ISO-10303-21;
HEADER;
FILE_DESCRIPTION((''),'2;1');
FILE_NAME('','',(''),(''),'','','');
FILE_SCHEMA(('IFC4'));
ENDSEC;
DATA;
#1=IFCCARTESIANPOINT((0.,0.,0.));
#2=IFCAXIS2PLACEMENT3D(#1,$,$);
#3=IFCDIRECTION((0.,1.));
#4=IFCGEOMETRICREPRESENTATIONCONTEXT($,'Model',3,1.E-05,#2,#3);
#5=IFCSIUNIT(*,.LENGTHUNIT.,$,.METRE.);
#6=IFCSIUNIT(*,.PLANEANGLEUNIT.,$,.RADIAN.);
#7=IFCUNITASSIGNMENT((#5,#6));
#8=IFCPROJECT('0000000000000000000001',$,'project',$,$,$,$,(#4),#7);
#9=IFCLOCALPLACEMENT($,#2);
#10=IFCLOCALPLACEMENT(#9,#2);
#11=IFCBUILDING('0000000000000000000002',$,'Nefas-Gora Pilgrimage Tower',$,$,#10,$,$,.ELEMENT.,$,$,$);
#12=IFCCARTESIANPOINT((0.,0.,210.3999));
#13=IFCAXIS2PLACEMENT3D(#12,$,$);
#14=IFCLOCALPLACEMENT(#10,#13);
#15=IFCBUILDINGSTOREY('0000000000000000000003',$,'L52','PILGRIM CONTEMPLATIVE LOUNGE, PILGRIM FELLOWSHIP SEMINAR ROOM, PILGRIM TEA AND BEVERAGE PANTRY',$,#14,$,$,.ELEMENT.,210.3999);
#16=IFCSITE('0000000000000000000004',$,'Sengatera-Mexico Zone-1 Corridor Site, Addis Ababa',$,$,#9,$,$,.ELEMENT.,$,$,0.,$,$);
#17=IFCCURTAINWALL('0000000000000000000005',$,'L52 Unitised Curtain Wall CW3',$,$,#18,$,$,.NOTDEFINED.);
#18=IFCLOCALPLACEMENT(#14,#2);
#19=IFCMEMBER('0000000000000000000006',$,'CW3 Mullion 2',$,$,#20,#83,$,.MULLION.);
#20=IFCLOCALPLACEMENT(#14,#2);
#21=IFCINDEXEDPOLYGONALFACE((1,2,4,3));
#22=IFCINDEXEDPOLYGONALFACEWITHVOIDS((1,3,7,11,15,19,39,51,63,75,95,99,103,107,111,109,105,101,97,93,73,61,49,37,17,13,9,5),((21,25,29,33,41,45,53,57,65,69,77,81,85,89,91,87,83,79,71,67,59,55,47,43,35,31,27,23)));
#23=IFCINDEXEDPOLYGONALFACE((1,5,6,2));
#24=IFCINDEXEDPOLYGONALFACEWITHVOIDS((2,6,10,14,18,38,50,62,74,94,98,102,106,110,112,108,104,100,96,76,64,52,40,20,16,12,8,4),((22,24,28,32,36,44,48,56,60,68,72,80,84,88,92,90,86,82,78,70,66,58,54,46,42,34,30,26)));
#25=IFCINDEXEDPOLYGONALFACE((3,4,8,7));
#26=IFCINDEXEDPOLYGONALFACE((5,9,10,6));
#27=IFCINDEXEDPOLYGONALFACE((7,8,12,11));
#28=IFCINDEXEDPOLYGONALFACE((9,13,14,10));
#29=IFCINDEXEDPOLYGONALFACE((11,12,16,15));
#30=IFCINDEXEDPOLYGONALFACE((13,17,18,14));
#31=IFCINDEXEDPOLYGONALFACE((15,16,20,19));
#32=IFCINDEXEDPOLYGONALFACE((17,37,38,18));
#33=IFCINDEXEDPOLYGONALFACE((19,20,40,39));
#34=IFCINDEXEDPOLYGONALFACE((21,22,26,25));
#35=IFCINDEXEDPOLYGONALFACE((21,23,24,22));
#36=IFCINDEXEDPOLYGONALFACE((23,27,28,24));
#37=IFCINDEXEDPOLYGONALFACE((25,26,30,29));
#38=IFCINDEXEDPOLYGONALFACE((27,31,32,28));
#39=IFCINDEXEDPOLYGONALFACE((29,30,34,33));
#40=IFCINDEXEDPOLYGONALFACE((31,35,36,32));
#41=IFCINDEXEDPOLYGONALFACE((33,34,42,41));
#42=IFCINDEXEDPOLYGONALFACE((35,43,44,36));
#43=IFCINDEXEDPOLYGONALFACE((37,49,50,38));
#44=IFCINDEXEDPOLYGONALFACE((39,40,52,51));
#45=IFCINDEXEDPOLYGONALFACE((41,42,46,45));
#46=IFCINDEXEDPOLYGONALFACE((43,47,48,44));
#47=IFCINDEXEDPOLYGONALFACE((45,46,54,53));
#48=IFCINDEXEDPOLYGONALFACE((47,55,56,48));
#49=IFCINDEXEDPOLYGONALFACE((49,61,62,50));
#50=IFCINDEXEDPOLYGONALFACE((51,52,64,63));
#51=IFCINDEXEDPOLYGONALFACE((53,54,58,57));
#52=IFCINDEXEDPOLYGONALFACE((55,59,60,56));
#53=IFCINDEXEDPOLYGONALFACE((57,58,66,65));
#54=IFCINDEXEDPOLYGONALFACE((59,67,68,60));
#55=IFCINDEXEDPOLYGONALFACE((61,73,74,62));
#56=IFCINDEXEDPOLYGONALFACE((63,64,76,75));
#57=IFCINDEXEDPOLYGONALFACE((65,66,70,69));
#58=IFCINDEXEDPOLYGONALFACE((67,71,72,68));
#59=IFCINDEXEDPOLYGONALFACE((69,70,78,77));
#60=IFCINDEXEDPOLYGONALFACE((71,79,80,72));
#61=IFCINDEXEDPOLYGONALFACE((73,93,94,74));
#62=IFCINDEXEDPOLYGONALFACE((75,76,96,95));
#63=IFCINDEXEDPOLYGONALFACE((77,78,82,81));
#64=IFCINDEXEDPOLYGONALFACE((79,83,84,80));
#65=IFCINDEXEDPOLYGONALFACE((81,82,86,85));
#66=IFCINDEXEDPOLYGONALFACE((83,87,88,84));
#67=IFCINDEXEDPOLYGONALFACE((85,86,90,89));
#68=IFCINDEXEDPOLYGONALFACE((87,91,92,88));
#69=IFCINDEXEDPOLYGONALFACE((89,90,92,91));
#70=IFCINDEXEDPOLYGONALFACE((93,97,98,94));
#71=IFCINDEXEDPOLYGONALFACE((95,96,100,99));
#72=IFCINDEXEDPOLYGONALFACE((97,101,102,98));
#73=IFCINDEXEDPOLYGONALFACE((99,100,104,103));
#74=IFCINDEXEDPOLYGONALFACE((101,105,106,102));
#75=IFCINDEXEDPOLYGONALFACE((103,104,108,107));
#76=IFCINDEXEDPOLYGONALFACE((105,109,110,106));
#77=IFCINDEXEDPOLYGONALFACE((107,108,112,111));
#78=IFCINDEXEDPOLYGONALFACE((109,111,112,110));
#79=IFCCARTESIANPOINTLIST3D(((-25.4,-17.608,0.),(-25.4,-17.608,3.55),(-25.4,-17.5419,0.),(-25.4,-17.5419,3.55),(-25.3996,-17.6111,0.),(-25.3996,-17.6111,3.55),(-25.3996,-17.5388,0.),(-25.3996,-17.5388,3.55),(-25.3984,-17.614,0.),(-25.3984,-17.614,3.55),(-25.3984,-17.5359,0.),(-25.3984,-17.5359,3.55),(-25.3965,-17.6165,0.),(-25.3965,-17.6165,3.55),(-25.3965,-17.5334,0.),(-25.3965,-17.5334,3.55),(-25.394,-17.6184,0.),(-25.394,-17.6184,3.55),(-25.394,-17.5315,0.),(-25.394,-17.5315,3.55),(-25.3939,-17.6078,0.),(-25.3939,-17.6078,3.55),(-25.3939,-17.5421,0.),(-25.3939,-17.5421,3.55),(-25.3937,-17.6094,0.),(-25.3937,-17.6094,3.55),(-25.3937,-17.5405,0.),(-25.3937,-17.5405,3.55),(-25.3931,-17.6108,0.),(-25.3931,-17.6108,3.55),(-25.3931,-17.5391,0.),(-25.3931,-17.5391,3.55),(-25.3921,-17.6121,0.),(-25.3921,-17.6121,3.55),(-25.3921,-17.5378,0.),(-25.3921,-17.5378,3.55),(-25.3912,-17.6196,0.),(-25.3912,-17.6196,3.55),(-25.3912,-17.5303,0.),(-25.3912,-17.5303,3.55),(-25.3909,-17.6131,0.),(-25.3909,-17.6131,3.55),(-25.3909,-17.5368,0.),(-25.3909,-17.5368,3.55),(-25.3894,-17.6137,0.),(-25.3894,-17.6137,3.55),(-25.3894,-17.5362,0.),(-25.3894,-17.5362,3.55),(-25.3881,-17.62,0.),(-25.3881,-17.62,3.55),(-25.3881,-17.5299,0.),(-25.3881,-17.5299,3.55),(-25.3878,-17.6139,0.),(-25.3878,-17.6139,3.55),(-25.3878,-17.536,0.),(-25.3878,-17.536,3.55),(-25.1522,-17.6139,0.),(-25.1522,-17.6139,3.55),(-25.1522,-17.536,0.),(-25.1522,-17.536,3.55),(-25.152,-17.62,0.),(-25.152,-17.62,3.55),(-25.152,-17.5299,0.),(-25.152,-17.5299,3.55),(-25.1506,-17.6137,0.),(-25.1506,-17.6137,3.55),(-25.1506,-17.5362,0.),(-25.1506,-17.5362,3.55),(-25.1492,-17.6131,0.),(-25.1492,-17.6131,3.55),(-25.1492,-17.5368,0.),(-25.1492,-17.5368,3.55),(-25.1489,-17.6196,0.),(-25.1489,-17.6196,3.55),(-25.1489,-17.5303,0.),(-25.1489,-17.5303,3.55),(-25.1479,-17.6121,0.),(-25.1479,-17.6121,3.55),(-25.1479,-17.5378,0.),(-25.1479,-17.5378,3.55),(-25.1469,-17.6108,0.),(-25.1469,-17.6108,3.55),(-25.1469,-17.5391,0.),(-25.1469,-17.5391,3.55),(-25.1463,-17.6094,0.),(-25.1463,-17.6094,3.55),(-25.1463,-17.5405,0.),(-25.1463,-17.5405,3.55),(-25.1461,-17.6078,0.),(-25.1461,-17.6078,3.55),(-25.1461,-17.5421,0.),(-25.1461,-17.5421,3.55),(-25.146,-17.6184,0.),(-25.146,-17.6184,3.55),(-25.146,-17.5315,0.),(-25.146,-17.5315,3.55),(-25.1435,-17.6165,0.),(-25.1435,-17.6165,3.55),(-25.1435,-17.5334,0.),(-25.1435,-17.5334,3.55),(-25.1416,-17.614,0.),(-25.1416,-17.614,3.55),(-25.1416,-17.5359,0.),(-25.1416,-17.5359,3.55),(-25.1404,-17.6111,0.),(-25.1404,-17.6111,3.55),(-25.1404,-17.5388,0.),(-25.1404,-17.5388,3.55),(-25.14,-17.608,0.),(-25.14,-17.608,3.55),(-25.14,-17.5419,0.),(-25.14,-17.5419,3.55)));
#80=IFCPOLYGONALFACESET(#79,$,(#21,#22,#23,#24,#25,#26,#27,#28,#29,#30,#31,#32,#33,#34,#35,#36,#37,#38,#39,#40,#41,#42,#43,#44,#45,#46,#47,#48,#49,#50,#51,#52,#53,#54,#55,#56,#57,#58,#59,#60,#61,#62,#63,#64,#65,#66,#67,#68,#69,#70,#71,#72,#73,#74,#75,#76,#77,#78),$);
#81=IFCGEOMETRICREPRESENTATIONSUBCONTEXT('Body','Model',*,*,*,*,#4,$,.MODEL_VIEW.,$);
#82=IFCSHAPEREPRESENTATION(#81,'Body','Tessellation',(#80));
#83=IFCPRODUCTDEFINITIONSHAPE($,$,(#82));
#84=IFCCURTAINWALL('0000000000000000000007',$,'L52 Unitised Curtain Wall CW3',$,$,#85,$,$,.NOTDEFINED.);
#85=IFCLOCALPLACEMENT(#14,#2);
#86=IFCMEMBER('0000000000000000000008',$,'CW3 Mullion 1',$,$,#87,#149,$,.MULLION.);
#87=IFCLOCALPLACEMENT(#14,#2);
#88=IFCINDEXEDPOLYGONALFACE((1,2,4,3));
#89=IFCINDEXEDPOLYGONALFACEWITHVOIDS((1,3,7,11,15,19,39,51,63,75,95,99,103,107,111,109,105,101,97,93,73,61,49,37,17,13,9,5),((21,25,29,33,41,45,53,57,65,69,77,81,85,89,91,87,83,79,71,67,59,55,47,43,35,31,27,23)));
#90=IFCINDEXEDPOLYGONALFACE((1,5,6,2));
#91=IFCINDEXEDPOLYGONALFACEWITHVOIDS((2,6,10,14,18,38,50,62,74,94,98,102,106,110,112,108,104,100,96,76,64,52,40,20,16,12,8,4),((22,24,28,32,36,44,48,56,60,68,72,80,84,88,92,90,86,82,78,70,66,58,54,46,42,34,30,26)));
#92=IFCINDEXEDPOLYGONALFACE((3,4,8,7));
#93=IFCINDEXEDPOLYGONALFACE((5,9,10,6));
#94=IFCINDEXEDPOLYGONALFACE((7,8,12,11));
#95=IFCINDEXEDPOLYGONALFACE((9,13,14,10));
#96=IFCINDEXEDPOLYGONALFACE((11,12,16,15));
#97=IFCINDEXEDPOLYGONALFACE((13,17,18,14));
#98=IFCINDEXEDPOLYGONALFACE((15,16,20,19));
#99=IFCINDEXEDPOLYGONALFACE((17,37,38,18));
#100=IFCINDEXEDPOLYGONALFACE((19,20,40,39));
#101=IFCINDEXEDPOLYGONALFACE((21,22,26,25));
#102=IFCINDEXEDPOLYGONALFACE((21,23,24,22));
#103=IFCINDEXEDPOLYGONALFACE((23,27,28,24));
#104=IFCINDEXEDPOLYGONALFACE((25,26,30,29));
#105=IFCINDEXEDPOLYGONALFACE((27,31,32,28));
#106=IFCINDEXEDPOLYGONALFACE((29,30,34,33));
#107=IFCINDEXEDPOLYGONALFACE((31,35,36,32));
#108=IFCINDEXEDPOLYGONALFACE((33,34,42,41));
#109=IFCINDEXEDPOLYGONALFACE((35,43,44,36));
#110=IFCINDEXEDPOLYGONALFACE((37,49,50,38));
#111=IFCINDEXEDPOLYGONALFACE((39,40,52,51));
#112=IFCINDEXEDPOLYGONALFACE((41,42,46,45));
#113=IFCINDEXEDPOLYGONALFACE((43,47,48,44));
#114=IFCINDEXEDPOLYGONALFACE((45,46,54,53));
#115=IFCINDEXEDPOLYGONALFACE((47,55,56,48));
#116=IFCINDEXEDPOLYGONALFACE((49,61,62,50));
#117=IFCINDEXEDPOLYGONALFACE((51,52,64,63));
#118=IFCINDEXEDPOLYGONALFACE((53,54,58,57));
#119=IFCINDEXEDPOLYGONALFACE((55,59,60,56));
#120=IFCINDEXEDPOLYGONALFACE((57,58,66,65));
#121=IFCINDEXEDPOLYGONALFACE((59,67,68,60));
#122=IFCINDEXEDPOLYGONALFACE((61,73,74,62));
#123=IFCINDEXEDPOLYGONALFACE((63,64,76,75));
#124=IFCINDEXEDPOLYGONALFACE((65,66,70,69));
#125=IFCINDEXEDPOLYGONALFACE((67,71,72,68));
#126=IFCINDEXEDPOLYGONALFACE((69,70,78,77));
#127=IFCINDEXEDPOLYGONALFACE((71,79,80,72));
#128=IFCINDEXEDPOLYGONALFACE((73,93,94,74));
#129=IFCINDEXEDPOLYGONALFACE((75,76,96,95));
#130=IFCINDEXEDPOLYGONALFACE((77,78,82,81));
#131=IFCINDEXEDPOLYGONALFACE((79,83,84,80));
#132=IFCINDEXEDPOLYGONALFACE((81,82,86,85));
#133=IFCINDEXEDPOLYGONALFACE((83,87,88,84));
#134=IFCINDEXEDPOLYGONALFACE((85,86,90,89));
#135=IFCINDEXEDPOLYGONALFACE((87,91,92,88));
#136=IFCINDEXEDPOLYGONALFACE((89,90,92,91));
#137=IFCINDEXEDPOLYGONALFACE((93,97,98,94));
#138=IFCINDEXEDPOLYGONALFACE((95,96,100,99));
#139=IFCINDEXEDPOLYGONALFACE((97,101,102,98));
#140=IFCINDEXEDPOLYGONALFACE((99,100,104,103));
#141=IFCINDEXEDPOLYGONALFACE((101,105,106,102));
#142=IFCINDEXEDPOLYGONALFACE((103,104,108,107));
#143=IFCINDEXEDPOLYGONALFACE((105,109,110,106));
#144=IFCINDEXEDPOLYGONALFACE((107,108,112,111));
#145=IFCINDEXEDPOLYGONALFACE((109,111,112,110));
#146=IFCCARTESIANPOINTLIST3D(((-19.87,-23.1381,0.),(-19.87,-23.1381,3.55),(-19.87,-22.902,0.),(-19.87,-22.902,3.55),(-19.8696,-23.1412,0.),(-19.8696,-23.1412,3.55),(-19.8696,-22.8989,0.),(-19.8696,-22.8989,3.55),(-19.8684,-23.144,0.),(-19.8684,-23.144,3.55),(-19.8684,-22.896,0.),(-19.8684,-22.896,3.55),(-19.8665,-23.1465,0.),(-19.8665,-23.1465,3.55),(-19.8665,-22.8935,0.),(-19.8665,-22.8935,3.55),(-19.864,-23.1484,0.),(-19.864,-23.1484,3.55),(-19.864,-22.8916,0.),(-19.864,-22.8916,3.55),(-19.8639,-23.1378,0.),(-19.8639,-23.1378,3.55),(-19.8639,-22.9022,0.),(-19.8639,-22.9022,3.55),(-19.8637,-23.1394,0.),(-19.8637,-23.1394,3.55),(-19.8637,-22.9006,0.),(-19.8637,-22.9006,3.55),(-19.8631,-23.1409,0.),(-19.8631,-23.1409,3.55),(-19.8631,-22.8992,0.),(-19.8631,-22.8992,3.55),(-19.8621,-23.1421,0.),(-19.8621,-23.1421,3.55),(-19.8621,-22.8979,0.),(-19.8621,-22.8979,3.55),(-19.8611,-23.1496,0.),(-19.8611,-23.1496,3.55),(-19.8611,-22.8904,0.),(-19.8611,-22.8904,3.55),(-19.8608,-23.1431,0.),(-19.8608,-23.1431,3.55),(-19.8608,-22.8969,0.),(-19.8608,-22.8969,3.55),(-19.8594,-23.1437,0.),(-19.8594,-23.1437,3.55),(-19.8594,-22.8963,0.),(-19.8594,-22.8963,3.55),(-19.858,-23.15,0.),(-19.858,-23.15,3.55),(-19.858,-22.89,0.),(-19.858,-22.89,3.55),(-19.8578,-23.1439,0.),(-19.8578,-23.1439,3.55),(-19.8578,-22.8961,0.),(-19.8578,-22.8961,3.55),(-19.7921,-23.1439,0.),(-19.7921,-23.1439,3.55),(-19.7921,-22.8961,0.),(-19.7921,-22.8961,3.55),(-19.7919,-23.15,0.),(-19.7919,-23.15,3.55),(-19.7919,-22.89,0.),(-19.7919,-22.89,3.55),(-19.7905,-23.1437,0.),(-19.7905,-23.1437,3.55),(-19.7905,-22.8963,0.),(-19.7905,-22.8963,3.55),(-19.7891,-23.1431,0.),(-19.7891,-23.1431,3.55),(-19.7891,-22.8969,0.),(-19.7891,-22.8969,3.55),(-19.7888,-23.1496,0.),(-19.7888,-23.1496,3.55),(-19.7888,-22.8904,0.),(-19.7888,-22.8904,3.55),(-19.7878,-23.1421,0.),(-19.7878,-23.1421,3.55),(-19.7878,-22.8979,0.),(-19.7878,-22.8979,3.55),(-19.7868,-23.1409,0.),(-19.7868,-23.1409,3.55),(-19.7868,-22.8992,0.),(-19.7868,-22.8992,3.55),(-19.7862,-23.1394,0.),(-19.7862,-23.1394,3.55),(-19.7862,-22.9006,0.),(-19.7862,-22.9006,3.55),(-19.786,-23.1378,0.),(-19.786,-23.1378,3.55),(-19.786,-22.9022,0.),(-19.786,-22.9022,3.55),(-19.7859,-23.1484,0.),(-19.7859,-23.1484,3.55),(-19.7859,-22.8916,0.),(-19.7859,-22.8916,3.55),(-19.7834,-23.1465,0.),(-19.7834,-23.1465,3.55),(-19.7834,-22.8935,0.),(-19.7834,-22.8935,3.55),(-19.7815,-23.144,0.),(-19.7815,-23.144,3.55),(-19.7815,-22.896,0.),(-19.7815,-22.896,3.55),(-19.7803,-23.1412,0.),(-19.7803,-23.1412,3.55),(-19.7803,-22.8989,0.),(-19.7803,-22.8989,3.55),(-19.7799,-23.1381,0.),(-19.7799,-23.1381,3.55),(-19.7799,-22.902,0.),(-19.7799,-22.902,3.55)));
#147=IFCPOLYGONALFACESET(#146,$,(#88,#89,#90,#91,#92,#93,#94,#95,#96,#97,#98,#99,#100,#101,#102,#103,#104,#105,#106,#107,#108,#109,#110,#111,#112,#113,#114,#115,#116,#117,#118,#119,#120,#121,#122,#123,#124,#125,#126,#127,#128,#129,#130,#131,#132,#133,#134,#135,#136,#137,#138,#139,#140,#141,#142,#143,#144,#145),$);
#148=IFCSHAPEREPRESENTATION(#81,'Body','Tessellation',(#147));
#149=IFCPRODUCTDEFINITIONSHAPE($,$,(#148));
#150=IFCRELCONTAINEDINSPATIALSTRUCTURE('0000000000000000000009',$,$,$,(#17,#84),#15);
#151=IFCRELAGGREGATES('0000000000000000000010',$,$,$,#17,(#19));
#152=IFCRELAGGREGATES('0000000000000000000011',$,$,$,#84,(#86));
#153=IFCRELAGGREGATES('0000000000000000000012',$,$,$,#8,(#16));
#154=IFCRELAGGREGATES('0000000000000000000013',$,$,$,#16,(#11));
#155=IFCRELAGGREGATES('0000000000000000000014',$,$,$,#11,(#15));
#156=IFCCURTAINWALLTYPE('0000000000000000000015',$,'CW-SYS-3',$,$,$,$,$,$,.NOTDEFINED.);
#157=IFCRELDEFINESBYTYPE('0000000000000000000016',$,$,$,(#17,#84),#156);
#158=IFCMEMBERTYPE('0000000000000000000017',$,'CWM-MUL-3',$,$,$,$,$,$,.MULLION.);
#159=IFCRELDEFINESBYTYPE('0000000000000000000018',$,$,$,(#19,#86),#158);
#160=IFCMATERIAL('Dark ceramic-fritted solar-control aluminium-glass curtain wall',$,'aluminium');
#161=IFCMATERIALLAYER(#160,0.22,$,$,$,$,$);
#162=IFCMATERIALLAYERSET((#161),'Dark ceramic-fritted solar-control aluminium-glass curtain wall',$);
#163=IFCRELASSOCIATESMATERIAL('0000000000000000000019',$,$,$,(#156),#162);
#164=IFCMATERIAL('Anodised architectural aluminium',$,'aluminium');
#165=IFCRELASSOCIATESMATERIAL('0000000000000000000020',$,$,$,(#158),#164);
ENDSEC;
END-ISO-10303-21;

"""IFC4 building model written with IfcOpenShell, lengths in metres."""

from ifc_helpers import new_model, si_unit, direction, frame, origin, origin_2d, place, context, subcontext, project, spatial, hollow_rectangle, extrude, source, transform, mapped, material, layer, layer_set, material_profile, profile_set, type_object, element, aggregate, save


model = new_model("IFC4")

# Units and contexts
model_context = context("Model", 3, precision=1e-05, world=origin(), true_north=direction((0.0, 1.0)))
body_context = subcontext(model_context, "Body", "Model", "MODEL_VIEW")
ifc_project = project(units=[si_unit("LENGTHUNIT", "METRE"), si_unit("PLANEANGLEUNIT", "RADIAN")], contexts=[model_context])

# Site, building, storey
site_placement = place(None, origin())
site = spatial("IfcSite", under=ifc_project, at=site_placement, Name="Sengatera-Mexico Zone-1 Corridor Site, Addis Ababa", CompositionType="ELEMENT", RefElevation=0.0)
building_placement = place(site_placement, origin())
building = spatial("IfcBuilding", under=site, at=building_placement, Name="Nefas-Gora Pilgrimage Tower", CompositionType="ELEMENT")
storey_placement = place(building_placement, frame((0.0, 0.0, 210.3999)))
storey = spatial("IfcBuildingStorey", under=building, at=storey_placement, Name="L52", Description="PILGRIM CONTEMPLATIVE LOUNGE, PILGRIM FELLOWSHIP SEMINAR ROOM, PILGRIM TEA AND BEVERAGE PANTRY", CompositionType="ELEMENT", Elevation=210.3999)

# Shared definitions
ifc_material_1 = material(Name="Dark ceramic-fritted solar-control aluminium-glass curtain wall", Category="aluminium")
ifc_material_2 = material(Name="Anodised architectural aluminium", Category="aluminium")

# Curtain wall, member
ifc_layer_1 = layer(ifc_material_1, 0.22)
ifc_layer_set_1 = layer_set([ifc_layer_1], Name="Dark ceramic-fritted solar-control aluminium-glass curtain wall")
curtain_wall_type_1 = type_object("IfcCurtainWallType", Name="CW-SYS-3", PredefinedType="NOTDEFINED", material=ifc_layer_set_1)
curtain_wall_1_placement = place(storey_placement, origin())
curtain_wall_1 = element("IfcCurtainWall", 1, at=curtain_wall_1_placement, inside=storey, type_object=curtain_wall_type_1, Name="L52 Unitised Curtain Wall CW3", PredefinedType="NOTDEFINED")
ifc_material_profile_1 = material_profile(ifc_material_2, hollow_rectangle(XDim=0.0901, YDim=0.26, WallThickness=0.0061, InnerFilletRadius=0.0061, OuterFilletRadius=0.012, at=origin_2d()), Name="ALU MULLION 90x260")
ifc_profile_set_1 = profile_set([ifc_material_profile_1], Name="Anodised architectural aluminium")
member_type_1 = type_object("IfcMemberType", Name="CWM-MUL-3", PredefinedType="MULLION", material=ifc_profile_set_1)
shared_shape_1 = source(origin(), body_context, "Body", "SweptSolid", [
    extrude(hollow_rectangle(XDim=0.0901, YDim=0.26, WallThickness=0.0061, InnerFilletRadius=0.0061, OuterFilletRadius=0.012, at=origin_2d()), origin(), (0.0, 0.0, 1.0), 3.55),
])
member_1_placement = place(storey_placement, frame((-25.27, -17.575, 0.0), z_axis=(0.0, 0.0, 1.0), x_axis=(0.0, -1.0, 0.0)))
member_1 = element("IfcMember", 2, at=member_1_placement, type_object=member_type_1, Name="CW3 Mullion 2", PredefinedType="MULLION", context=body_context, shape_type="MappedRepresentation", body=[
    mapped(shared_shape_1, transform((0.0, 0.0, 0.0), x_axis=(1.0, 0.0, 0.0), y_axis=(0.0, 1.0, 0.0), z_axis=(0.0, 0.0, 1.0), scale=1.0)),
])
aggregate(curtain_wall_1, [member_1])

# Curtain wall, member
curtain_wall_2_placement = place(storey_placement, origin())
curtain_wall_2 = element("IfcCurtainWall", 3, at=curtain_wall_2_placement, inside=storey, type_object=curtain_wall_type_1, Name="L52 Unitised Curtain Wall CW3", PredefinedType="NOTDEFINED")
member_2_placement = place(storey_placement, frame((-19.825, -23.02, 0.0), z_axis=(0.0, 0.0, 1.0), x_axis=(1.0, 0.0, 0.0)))
member_2 = element("IfcMember", 4, at=member_2_placement, type_object=member_type_1, Name="CW3 Mullion 1", PredefinedType="MULLION", context=body_context, shape_type="MappedRepresentation", body=[
    mapped(shared_shape_1, transform((0.0, 0.0, 0.0), x_axis=(1.0, 0.0, 0.0), y_axis=(0.0, 1.0, 0.0), z_axis=(0.0, 0.0, 1.0), scale=1.0)),
])

aggregate(curtain_wall_2, [member_2])

save(model, "model.ifc")
